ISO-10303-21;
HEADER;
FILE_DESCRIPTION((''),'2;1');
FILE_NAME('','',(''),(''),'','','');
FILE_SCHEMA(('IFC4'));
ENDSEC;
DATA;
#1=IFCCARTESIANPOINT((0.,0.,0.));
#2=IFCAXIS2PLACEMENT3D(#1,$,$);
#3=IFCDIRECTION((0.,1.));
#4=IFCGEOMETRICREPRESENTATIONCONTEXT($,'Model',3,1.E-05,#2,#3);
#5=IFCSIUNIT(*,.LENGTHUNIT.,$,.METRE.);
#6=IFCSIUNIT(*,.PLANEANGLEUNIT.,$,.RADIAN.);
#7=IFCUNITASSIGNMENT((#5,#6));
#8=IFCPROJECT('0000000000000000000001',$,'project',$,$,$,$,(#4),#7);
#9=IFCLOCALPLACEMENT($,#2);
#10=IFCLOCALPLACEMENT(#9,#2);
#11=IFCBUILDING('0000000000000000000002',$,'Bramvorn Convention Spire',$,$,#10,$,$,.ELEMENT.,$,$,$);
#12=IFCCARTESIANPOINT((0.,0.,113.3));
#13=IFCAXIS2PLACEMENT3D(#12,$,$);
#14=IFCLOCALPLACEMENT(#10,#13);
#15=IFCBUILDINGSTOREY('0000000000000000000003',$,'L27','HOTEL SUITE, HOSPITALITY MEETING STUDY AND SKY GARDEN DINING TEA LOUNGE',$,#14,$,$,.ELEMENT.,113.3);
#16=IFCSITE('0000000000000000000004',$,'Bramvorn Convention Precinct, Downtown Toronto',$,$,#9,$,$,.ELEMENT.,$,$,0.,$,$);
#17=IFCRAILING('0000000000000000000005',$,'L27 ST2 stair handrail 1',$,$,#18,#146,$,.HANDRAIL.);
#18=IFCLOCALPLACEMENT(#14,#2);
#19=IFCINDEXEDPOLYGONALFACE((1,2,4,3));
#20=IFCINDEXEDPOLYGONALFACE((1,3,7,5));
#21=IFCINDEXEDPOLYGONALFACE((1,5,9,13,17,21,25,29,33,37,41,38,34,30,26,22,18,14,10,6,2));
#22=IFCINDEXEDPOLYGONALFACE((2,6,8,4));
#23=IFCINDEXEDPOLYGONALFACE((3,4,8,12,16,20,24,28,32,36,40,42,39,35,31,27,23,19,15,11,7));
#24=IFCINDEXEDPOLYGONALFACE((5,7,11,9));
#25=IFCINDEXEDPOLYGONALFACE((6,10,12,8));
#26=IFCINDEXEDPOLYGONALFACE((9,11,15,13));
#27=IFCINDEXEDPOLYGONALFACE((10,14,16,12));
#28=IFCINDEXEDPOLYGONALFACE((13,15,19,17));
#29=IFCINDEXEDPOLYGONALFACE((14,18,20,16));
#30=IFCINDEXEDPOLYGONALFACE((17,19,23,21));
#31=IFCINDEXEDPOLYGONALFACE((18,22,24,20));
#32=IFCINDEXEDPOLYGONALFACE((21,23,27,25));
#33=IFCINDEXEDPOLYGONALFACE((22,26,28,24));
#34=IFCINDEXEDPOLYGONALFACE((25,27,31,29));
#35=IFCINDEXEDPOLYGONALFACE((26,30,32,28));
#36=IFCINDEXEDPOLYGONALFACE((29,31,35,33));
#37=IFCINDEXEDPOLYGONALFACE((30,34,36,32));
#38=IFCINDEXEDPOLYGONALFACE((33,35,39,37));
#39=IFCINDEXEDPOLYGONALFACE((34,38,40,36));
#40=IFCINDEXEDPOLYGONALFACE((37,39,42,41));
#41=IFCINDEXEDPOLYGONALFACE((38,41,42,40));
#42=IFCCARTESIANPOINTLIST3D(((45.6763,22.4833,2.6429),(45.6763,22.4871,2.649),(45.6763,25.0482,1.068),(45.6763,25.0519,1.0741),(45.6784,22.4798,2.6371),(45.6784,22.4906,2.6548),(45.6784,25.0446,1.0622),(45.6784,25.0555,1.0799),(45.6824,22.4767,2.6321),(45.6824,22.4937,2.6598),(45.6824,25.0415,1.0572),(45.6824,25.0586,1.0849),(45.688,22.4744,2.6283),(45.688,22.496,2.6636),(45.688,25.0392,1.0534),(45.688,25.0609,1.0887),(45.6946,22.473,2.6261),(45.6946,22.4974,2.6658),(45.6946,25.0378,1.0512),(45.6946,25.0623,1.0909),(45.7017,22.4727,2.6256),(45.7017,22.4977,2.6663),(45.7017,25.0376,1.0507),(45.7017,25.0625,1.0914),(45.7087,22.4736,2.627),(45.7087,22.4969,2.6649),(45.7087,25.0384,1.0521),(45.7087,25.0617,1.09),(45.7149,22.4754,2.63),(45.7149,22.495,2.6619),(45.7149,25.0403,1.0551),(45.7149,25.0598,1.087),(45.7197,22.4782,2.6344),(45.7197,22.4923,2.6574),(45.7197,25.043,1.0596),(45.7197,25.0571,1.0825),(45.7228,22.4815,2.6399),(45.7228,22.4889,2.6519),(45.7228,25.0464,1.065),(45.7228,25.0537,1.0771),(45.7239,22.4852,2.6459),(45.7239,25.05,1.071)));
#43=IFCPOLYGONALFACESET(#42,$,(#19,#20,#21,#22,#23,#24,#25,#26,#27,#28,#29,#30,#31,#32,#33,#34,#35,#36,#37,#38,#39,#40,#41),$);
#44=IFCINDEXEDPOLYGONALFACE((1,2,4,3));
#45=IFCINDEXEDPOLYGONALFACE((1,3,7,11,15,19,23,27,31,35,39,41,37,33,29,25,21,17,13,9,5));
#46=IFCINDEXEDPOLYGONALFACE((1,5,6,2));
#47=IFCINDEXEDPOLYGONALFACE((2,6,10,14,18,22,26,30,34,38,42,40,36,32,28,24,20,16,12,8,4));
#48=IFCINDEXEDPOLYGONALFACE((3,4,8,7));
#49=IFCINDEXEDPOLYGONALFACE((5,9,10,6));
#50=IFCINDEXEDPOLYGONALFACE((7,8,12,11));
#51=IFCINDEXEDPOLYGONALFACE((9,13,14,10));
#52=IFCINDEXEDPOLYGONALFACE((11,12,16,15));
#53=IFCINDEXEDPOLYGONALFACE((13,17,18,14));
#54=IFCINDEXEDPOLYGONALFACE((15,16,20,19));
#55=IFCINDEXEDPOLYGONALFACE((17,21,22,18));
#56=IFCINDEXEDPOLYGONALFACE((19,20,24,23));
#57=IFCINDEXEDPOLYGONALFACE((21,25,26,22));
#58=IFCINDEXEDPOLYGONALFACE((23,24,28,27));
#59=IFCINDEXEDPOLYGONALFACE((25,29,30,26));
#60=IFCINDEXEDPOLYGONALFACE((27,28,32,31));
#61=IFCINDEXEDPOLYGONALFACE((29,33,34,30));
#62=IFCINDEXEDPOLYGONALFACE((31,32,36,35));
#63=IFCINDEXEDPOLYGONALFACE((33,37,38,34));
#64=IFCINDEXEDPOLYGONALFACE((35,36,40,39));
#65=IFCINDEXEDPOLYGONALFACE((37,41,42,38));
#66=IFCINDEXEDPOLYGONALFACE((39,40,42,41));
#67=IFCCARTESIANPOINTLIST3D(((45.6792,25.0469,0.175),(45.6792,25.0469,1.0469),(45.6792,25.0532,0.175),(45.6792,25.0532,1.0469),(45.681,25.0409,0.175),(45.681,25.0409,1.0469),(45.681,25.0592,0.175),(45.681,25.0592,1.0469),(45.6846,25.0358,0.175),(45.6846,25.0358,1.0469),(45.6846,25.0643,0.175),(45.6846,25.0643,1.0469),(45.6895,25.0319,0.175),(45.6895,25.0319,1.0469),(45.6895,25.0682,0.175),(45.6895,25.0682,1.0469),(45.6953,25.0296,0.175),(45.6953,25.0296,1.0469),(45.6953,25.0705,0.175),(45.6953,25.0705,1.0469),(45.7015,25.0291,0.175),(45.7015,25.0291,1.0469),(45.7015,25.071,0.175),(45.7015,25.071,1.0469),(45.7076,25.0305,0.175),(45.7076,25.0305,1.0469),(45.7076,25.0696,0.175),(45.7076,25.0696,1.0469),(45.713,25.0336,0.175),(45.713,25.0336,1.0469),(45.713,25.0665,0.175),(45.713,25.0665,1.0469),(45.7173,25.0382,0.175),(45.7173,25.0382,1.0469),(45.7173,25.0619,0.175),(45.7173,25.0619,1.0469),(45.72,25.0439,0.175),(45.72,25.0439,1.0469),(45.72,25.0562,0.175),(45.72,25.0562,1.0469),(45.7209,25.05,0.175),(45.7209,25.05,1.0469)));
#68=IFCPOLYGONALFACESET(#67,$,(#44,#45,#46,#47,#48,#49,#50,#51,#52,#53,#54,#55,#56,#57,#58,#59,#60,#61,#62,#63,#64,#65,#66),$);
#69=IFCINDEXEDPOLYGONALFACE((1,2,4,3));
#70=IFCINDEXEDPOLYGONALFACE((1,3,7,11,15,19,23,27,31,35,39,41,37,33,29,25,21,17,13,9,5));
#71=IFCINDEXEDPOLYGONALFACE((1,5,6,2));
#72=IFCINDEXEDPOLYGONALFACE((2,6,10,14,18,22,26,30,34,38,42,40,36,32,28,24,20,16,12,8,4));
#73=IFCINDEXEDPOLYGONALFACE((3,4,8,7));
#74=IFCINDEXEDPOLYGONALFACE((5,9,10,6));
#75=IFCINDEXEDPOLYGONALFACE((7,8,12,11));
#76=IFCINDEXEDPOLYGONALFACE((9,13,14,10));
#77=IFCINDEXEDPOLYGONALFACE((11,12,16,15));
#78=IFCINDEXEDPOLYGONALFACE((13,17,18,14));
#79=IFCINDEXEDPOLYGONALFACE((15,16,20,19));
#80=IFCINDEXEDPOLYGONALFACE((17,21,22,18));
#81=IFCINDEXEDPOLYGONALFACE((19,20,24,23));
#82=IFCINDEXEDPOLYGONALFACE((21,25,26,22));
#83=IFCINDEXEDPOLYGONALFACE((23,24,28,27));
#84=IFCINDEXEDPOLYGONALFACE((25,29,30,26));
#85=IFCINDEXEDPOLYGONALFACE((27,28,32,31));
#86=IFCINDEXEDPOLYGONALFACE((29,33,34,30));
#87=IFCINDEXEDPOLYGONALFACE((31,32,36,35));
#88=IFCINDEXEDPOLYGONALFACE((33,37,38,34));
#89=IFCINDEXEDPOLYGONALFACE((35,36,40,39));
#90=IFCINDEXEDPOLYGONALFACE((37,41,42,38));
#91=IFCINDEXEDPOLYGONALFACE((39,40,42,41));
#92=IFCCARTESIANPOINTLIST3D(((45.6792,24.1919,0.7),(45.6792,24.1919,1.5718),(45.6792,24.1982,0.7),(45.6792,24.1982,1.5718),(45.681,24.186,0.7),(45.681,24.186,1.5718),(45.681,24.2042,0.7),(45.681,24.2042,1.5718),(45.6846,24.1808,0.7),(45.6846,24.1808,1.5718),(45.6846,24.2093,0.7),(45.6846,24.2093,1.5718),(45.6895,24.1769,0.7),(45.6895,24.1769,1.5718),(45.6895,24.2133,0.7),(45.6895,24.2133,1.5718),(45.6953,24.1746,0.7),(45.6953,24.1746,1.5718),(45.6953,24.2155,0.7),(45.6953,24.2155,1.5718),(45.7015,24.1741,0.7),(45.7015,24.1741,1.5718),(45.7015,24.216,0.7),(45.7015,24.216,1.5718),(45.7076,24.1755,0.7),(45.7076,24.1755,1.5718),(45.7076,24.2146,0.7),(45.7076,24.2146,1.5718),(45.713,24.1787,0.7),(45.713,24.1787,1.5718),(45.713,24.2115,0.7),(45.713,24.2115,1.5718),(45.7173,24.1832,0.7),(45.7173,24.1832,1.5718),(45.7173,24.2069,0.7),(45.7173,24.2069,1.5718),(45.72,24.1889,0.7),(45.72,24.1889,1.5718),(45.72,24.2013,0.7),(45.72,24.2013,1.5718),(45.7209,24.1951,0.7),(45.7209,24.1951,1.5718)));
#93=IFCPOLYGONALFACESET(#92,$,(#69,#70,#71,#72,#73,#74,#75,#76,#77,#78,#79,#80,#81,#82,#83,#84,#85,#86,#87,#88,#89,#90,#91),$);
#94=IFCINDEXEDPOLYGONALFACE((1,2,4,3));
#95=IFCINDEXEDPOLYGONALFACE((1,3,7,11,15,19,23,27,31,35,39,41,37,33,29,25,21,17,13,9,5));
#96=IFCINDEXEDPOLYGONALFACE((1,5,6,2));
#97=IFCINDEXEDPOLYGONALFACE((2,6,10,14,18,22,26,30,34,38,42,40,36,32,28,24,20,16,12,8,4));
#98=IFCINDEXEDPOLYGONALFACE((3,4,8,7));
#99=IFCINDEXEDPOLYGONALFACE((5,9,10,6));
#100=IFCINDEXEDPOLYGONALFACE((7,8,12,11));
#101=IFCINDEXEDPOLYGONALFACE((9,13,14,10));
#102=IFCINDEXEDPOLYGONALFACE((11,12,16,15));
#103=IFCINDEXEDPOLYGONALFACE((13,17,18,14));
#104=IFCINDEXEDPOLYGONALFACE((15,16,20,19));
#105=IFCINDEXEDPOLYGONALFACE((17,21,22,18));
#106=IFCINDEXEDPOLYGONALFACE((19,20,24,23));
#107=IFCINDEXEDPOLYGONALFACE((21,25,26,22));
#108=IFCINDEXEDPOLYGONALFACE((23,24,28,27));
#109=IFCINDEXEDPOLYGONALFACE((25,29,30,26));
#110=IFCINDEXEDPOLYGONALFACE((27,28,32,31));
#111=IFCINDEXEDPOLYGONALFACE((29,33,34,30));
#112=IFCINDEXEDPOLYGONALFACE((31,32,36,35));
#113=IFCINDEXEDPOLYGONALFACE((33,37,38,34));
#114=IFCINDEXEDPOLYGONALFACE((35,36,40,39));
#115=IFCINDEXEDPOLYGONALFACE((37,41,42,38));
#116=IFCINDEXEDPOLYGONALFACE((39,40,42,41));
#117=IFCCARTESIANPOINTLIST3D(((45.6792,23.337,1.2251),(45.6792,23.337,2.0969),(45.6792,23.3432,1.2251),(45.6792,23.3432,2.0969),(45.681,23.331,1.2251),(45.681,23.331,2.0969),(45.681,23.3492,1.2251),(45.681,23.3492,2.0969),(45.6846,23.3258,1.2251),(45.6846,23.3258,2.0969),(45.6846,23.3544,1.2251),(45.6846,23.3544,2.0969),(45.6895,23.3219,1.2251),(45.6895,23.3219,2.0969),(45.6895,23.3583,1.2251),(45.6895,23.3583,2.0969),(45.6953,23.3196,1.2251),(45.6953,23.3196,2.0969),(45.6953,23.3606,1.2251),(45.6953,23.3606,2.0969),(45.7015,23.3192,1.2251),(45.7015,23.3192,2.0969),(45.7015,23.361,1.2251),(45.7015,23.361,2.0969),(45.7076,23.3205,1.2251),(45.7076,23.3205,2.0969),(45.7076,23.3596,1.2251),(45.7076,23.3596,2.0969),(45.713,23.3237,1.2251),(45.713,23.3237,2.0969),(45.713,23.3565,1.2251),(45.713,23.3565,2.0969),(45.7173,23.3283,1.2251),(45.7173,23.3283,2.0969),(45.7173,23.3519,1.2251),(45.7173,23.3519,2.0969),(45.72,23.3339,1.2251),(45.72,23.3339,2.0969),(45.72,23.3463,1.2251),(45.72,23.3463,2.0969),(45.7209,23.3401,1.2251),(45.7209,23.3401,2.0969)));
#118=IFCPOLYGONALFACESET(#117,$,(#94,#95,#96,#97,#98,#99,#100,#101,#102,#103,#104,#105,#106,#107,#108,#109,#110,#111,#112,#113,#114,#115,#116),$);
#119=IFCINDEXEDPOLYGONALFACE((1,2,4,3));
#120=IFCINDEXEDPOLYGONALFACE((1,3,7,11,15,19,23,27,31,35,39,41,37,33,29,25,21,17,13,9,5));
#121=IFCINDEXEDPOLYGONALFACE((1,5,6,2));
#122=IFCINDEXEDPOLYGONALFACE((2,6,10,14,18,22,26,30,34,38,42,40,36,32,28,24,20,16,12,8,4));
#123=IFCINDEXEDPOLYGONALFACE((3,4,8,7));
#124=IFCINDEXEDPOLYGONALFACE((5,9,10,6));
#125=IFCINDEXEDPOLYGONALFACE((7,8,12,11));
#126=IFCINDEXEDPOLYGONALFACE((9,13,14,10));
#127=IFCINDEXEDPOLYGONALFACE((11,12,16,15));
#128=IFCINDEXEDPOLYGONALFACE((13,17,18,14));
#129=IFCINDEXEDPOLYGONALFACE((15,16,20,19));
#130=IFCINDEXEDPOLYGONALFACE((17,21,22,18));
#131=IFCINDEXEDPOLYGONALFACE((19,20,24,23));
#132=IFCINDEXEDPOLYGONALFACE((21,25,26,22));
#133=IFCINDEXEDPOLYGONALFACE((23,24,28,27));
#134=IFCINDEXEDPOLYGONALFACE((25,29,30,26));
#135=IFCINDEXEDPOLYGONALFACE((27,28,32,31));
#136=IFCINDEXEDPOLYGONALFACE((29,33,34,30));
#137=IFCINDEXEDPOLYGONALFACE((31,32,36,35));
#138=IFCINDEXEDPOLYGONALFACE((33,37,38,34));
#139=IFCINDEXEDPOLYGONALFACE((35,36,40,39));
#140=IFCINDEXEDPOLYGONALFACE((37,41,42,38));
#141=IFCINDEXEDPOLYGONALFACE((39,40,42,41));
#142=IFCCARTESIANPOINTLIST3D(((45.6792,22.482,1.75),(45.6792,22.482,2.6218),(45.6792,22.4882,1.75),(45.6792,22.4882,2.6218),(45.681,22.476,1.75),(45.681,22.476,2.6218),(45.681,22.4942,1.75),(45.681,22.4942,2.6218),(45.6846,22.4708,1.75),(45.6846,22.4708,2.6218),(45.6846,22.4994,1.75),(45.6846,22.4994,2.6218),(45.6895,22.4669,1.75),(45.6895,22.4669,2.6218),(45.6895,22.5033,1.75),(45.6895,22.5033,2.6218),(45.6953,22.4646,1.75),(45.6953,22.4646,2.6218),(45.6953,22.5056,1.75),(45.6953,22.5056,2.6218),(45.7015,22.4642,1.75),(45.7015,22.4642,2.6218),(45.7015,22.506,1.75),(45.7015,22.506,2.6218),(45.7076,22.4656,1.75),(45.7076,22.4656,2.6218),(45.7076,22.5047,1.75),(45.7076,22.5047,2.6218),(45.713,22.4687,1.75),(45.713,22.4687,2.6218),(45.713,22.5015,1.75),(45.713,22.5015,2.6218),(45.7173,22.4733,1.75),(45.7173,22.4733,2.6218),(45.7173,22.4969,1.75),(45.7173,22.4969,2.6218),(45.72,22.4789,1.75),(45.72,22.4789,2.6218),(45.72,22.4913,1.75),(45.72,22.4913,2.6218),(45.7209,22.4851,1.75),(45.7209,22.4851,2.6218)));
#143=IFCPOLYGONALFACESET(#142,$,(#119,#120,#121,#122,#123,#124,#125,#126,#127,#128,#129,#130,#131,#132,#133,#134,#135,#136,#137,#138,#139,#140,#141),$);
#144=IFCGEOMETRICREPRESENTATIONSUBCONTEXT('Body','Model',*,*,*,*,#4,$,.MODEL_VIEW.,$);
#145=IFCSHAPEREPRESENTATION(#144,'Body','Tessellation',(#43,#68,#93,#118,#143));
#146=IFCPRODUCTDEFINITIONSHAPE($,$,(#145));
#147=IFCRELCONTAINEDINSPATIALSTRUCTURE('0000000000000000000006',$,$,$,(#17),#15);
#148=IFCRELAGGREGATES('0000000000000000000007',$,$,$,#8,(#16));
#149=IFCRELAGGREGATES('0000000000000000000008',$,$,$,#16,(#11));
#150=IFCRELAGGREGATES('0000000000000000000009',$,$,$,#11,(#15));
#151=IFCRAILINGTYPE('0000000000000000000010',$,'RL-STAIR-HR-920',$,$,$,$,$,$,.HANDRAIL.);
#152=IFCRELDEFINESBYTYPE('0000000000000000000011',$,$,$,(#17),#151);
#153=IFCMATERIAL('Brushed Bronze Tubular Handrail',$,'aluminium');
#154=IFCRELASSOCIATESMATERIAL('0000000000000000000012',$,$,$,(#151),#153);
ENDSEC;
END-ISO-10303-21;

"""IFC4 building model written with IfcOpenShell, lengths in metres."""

from ifc_helpers import new_model, si_unit, direction, frame, origin, origin_2d, place, context, subcontext, project, spatial, circle, extrude, material, type_object, element, save


model = new_model("IFC4")

# Units and contexts
model_context = context("Model", 3, precision=1e-05, world=origin(), true_north=direction((0.0, 1.0)))
body_context = subcontext(model_context, "Body", "Model", "MODEL_VIEW")
ifc_project = project(units=[si_unit("LENGTHUNIT", "METRE"), si_unit("PLANEANGLEUNIT", "RADIAN")], contexts=[model_context])

# Site, building, storey
site_placement = place(None, origin())
site = spatial("IfcSite", under=ifc_project, at=site_placement, Name="Bramvorn Convention Precinct, Downtown Toronto", CompositionType="ELEMENT", RefElevation=0.0)
building_placement = place(site_placement, origin())
building = spatial("IfcBuilding", under=site, at=building_placement, Name="Bramvorn Convention Spire", CompositionType="ELEMENT")
storey_placement = place(building_placement, frame((0.0, 0.0, 113.3)))
storey = spatial("IfcBuildingStorey", under=building, at=storey_placement, Name="L27", Description="HOTEL SUITE, HOSPITALITY MEETING STUDY AND SKY GARDEN DINING TEA LOUNGE", CompositionType="ELEMENT", Elevation=113.3)

# Railing
ifc_material_1 = material(Name="Brushed Bronze Tubular Handrail", Category="aluminium")
railing_type_1 = type_object("IfcRailingType", Name="RL-STAIR-HR-920", PredefinedType="HANDRAIL", material=ifc_material_1)
railing_1_placement = place(storey_placement, frame((45.7, 25.05, 0.175)))
element("IfcRailing", 1, at=railing_1_placement, inside=storey, type_object=railing_type_1, Name="L27 ST2 stair handrail 1", PredefinedType="HANDRAIL", context=body_context, shape_type="SweptSolid", body=[
    extrude(circle(Radius=0.0239, at=origin_2d()), frame((0.0, 0.0, 0.896), z_axis=(0.0, -0.852173, 0.52326), x_axis=(1.0, 0.0, 0.0)), (0.0, 0.0, 1.0), 3.0098),
    extrude(circle(Radius=0.021, at=origin_2d()), origin(), (0.0, 0.0, 1.0), 0.8718),
    extrude(circle(Radius=0.021, at=origin_2d()), frame((0.0, -0.855, 0.5249)), (0.0, 0.0, 1.0), 0.8718),
    extrude(circle(Radius=0.021, at=origin_2d()), frame((0.0, -1.71, 1.05)), (0.0, 0.0, 1.0), 0.8718),
    extrude(circle(Radius=0.021, at=origin_2d()), frame((0.0, -2.5649, 1.575)), (0.0, 0.0, 1.0), 0.8718),
])

save(model, "model.ifc")
